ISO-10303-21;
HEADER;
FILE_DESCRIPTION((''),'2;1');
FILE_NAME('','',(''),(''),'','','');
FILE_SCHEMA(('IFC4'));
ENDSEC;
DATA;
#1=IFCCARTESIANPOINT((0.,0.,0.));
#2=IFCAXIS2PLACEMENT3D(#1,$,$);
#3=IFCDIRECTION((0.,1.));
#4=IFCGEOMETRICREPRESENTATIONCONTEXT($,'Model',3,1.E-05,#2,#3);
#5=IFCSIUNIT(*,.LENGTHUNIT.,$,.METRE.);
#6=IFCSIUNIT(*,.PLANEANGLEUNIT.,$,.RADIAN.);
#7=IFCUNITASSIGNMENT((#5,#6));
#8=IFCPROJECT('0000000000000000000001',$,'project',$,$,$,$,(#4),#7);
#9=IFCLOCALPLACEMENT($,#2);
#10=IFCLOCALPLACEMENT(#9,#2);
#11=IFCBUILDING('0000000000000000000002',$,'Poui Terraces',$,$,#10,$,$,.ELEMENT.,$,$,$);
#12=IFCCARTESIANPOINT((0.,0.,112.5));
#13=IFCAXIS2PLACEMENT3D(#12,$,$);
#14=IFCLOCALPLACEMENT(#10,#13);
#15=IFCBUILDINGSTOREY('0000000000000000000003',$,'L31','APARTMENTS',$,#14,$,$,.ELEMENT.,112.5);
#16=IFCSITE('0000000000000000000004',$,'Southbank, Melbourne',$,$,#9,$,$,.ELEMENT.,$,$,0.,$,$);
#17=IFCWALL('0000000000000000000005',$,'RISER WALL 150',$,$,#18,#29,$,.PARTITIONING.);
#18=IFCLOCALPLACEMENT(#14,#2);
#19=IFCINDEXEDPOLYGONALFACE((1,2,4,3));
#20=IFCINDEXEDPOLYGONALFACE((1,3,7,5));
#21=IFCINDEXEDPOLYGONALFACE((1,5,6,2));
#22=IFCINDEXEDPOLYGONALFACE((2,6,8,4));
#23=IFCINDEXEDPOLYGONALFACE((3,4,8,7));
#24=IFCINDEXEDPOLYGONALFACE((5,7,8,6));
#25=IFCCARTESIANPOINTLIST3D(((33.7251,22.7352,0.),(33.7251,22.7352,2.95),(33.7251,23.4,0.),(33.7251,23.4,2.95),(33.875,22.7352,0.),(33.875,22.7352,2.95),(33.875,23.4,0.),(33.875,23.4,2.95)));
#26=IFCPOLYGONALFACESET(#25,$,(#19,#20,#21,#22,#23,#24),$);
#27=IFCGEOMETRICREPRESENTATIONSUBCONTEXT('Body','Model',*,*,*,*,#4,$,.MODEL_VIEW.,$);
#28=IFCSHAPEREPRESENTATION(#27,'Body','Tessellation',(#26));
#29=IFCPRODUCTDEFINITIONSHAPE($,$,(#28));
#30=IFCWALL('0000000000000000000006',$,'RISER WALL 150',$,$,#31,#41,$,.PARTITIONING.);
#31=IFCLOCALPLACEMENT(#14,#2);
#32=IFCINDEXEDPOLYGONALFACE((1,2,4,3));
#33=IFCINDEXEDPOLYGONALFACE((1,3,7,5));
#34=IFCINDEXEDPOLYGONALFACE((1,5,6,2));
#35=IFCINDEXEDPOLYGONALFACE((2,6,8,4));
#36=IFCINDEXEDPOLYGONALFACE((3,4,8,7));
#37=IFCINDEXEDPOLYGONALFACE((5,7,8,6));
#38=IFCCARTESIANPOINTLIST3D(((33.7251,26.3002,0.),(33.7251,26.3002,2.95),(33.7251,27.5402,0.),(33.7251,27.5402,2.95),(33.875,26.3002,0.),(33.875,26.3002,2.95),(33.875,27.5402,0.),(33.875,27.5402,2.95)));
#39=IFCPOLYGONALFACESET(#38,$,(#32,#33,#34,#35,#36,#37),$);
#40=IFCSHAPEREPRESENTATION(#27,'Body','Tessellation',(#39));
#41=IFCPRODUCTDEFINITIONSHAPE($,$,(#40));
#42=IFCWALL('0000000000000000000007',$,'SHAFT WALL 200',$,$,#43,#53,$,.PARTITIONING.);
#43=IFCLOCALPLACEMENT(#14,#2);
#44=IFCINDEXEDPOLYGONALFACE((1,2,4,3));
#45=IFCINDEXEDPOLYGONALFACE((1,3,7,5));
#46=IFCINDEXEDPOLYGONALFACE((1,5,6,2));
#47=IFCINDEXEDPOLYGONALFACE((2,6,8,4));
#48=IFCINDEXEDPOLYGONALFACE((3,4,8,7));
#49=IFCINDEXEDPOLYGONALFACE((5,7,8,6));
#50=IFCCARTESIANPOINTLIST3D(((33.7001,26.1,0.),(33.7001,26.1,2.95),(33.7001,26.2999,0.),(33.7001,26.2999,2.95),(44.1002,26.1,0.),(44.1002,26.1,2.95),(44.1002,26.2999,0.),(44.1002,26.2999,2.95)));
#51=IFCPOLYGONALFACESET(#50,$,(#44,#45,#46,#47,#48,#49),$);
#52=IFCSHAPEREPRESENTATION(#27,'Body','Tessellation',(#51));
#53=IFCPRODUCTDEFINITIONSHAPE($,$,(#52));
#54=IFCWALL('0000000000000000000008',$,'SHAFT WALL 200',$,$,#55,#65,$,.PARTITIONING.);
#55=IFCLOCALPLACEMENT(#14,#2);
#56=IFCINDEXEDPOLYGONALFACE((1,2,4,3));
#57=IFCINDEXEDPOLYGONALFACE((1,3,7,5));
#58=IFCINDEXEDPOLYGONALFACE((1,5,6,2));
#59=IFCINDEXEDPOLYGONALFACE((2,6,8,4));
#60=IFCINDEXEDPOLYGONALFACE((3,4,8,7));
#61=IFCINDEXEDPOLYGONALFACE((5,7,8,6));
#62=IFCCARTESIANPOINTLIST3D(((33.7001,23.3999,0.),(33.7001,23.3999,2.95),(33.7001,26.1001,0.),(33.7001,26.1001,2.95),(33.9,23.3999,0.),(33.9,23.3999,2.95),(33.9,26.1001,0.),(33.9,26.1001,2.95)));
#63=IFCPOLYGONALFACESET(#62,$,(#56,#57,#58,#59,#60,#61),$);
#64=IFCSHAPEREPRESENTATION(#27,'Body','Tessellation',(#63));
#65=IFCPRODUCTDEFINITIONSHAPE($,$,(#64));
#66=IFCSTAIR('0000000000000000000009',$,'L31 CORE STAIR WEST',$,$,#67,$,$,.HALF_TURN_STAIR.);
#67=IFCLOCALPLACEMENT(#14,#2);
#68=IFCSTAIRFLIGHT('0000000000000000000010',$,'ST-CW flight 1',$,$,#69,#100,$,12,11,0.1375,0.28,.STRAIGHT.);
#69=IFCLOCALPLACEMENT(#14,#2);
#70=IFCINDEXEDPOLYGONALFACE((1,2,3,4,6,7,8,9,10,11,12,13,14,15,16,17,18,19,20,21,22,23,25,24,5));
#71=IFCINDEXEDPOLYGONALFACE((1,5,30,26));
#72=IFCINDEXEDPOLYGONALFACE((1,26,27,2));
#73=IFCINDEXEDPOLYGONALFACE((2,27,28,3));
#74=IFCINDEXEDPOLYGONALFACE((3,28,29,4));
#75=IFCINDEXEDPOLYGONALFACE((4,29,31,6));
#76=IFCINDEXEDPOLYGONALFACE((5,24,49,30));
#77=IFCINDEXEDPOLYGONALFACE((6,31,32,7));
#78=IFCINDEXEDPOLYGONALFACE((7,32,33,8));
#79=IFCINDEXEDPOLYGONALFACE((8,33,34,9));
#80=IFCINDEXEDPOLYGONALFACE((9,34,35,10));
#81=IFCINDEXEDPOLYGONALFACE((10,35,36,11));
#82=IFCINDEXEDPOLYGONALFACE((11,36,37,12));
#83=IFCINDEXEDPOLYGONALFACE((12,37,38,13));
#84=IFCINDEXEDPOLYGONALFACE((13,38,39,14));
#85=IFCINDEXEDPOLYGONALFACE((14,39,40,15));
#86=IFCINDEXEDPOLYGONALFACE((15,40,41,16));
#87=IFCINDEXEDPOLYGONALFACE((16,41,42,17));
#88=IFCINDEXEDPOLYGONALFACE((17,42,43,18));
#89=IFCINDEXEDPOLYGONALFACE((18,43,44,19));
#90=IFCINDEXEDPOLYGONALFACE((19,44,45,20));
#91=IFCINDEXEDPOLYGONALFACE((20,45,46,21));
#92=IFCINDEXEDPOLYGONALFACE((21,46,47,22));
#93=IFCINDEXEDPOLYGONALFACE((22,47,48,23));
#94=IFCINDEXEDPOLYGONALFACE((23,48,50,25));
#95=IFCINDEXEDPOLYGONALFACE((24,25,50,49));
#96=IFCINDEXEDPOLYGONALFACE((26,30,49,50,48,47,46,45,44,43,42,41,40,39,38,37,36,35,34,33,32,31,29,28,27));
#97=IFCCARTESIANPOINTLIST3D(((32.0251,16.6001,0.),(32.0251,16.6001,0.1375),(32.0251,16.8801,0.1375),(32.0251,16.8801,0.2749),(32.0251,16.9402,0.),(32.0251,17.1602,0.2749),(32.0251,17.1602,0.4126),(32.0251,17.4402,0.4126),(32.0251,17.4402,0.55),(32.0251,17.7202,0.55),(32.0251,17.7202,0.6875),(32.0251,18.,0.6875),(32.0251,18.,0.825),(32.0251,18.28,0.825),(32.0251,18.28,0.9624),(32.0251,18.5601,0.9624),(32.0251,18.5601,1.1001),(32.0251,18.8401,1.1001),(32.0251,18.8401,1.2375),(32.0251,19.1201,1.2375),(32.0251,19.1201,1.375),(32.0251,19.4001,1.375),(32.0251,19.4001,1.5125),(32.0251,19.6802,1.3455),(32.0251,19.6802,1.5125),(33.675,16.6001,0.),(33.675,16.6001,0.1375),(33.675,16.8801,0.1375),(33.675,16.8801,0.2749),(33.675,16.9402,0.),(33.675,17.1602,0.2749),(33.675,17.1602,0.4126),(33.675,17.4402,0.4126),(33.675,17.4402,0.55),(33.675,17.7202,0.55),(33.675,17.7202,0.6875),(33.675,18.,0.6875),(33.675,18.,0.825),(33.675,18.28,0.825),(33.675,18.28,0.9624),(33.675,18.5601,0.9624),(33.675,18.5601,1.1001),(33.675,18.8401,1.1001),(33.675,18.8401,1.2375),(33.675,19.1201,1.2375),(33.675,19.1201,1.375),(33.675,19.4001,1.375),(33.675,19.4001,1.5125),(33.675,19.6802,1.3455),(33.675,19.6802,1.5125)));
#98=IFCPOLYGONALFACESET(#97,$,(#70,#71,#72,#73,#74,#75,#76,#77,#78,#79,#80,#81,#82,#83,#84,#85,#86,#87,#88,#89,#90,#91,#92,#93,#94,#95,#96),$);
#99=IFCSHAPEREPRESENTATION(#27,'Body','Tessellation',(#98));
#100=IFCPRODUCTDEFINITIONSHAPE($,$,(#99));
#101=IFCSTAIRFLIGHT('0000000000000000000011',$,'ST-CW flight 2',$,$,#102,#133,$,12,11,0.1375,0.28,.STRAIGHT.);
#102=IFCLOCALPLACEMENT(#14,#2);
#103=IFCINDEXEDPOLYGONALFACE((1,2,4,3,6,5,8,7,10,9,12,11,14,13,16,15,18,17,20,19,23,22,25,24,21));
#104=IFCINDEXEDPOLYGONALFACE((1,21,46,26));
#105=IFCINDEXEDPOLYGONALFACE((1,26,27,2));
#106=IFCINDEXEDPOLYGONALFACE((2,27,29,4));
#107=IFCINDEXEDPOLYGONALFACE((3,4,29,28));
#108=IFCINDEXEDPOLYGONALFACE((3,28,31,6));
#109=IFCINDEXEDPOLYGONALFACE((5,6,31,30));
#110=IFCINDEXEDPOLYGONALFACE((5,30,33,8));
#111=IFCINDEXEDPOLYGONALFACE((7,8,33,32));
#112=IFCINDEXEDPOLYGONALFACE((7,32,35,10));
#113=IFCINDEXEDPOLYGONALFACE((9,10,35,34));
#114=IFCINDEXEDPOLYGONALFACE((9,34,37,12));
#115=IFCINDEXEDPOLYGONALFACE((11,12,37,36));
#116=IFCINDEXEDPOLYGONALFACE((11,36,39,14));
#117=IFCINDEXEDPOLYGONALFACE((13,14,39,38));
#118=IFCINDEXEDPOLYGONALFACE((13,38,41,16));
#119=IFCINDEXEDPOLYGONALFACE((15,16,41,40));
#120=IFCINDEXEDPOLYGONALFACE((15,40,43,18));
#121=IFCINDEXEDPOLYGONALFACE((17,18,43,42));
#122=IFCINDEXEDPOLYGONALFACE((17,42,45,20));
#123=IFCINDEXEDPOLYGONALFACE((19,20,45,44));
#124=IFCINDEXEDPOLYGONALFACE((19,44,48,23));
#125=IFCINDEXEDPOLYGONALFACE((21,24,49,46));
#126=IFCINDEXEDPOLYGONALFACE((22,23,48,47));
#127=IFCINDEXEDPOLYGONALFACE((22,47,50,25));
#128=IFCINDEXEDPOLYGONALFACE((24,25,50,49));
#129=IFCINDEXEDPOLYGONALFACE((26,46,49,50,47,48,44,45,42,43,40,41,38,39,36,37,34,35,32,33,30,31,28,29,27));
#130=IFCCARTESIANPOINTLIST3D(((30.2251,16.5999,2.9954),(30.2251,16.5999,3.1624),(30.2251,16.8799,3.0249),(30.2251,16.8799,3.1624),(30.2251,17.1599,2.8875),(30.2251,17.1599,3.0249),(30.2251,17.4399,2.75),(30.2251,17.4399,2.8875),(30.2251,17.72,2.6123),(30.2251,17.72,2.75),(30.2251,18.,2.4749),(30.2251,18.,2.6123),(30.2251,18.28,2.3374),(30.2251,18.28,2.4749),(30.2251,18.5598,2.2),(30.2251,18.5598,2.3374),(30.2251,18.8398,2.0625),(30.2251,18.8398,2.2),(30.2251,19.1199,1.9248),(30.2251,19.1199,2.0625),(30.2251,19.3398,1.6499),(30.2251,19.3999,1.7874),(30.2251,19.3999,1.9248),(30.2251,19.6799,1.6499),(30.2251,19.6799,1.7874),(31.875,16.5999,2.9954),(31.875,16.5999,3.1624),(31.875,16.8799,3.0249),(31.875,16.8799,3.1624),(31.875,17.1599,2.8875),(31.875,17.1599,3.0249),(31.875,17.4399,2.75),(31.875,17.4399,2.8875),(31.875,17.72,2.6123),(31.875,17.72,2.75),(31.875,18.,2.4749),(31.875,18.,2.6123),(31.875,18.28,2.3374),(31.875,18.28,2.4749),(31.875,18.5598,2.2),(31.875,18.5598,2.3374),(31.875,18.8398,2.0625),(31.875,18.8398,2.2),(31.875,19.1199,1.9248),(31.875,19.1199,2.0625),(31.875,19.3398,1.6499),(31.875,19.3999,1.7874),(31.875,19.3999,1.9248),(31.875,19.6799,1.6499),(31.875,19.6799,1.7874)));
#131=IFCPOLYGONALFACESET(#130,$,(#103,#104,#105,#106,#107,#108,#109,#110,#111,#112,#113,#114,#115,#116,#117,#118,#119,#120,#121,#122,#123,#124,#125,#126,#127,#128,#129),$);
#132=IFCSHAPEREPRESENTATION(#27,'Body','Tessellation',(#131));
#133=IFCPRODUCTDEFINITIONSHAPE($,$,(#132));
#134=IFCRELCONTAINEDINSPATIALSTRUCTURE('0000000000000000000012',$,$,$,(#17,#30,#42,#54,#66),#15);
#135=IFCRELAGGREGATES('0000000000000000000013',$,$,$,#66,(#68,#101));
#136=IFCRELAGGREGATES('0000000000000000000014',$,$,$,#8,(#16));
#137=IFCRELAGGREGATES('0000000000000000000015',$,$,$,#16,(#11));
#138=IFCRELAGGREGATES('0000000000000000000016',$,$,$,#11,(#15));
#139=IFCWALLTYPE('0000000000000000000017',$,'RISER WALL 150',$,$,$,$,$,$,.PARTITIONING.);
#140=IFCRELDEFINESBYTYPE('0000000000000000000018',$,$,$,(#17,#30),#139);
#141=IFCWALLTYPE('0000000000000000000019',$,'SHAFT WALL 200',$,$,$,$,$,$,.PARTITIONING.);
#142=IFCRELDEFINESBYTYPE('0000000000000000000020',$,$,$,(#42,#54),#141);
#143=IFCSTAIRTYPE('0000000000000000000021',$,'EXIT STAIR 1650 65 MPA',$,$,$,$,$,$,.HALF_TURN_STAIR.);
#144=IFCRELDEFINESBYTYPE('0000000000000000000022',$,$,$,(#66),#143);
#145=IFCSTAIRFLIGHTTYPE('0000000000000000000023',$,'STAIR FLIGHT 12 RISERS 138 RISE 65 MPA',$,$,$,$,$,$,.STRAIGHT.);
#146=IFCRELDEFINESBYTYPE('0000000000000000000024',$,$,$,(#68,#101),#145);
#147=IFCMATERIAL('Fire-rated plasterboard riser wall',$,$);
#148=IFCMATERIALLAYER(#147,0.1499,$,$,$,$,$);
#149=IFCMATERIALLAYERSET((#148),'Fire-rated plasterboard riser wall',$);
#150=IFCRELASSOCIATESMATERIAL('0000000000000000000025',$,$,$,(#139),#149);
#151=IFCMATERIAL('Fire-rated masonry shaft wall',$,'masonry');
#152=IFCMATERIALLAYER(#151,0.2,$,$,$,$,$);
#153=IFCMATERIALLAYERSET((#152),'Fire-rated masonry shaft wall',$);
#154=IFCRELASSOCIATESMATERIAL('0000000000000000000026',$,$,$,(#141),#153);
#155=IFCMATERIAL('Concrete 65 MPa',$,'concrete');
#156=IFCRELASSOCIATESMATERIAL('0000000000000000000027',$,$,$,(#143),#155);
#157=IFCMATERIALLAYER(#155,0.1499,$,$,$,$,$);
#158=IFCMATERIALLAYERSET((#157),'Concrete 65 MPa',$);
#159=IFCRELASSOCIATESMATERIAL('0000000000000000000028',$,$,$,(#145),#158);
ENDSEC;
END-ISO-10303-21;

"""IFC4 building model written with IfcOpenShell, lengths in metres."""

from ifc_helpers import new_model, si_unit, direction, frame, frame_2d, origin, place, context, subcontext, project, spatial, polyline, rectangle, outline, extrude, material, layer, layer_set, type_object, element, aggregate, save


model = new_model("IFC4")

# Units and contexts
model_context = context("Model", 3, precision=1e-05, world=origin(), true_north=direction((0.0, 1.0)))
body_context = subcontext(model_context, "Body", "Model", "MODEL_VIEW")
ifc_project = project(units=[si_unit("LENGTHUNIT", "METRE"), si_unit("PLANEANGLEUNIT", "RADIAN")], contexts=[model_context])

# Site, building, storey
site_placement = place(None, origin())
site = spatial("IfcSite", under=ifc_project, at=site_placement, Name="Southbank, Melbourne", CompositionType="ELEMENT", RefElevation=0.0)
building_placement = place(site_placement, origin())
building = spatial("IfcBuilding", under=site, at=building_placement, Name="Poui Terraces", CompositionType="ELEMENT")
storey_placement = place(building_placement, frame((0.0, 0.0, 112.5)))
storey = spatial("IfcBuildingStorey", under=building, at=storey_placement, Name="L31", Description="APARTMENTS", CompositionType="ELEMENT", Elevation=112.5)

# Walls
ifc_material_1 = material(Name="Fire-rated plasterboard riser wall")
ifc_layer_1 = layer(ifc_material_1, 0.1499)
ifc_layer_set_1 = layer_set([ifc_layer_1], Name="Fire-rated plasterboard riser wall")
wall_type_1 = type_object("IfcWallType", Name="RISER WALL 150", PredefinedType="PARTITIONING", material=ifc_layer_set_1)
wall_1_placement = place(storey_placement, frame((33.8, 22.7351, 0.0), z_axis=(0.0, 0.0, 1.0), x_axis=(0.0, 1.0, 0.0)))
element("IfcWall", 1, at=wall_1_placement, inside=storey, type_object=wall_type_1, Name="RISER WALL 150", PredefinedType="PARTITIONING", context=body_context, shape_type="SweptSolid", body=[
    extrude(rectangle(XDim=0.6648, YDim=0.1499, at=frame_2d((0.3325, 0.0))), origin(), (0.0, 0.0, 1.0), 2.95),
])
wall_2_placement = place(storey_placement, frame((33.8, 26.3, 0.0), z_axis=(0.0, 0.0, 1.0), x_axis=(0.0, 1.0, 0.0)))
element("IfcWall", 2, at=wall_2_placement, inside=storey, type_object=wall_type_1, Name="RISER WALL 150", PredefinedType="PARTITIONING", context=body_context, shape_type="SweptSolid", body=[
    extrude(rectangle(XDim=1.24, YDim=0.1499, at=frame_2d((0.6201, 0.0))), origin(), (0.0, 0.0, 1.0), 2.95),
])
ifc_material_2 = material(Name="Fire-rated masonry shaft wall", Category="masonry")
ifc_layer_2 = layer(ifc_material_2, 0.2)
ifc_layer_set_2 = layer_set([ifc_layer_2], Name="Fire-rated masonry shaft wall")
wall_type_2 = type_object("IfcWallType", Name="SHAFT WALL 200", PredefinedType="PARTITIONING", material=ifc_layer_set_2)
wall_3_placement = place(storey_placement, frame((33.7, 26.2, 0.0), z_axis=(0.0, 0.0, 1.0), x_axis=(1.0, 0.0, 0.0)))
element("IfcWall", 3, at=wall_3_placement, inside=storey, type_object=wall_type_2, Name="SHAFT WALL 200", PredefinedType="PARTITIONING", context=body_context, shape_type="SweptSolid", body=[
    extrude(rectangle(XDim=10.4001, YDim=0.2, at=frame_2d((5.2002, 0.0))), origin(), (0.0, 0.0, 1.0), 2.95),
])
wall_4_placement = place(storey_placement, frame((33.8, 23.3999, 0.0), z_axis=(0.0, 0.0, 1.0), x_axis=(0.0, 1.0, 0.0)))
element("IfcWall", 4, at=wall_4_placement, inside=storey, type_object=wall_type_2, Name="SHAFT WALL 200", PredefinedType="PARTITIONING", context=body_context, shape_type="SweptSolid", body=[
    extrude(rectangle(XDim=2.7002, YDim=0.2, at=frame_2d((1.3501, 0.0))), origin(), (0.0, 0.0, 1.0), 2.95),
])

# Stair, stair flights
ifc_material_3 = material(Name="Concrete 65 MPa", Category="concrete")
stair_type = type_object("IfcStairType", Name="EXIT STAIR 1650 65 MPA", PredefinedType="HALF_TURN_STAIR", material=ifc_material_3)
stair_placement = place(storey_placement, origin())
stair = element("IfcStair", 5, at=stair_placement, inside=storey, type_object=stair_type, Name="L31 CORE STAIR WEST", PredefinedType="HALF_TURN_STAIR")
ifc_layer_3 = layer(ifc_material_3, 0.1499)
ifc_layer_set_3 = layer_set([ifc_layer_3], Name="Concrete 65 MPa")
stair_flight_type = type_object("IfcStairFlightType", Name="STAIR FLIGHT 12 RISERS 138 RISE 65 MPA", PredefinedType="STRAIGHT", material=ifc_layer_set_3)
stair_flight_1_placement = place(storey_placement, frame((32.8501, 16.6001, 0.0), z_axis=(0.0, 0.0, 1.0), x_axis=(0.0, 1.0, 0.0)))
stair_flight_1 = element("IfcStairFlight", 6, at=stair_flight_1_placement, type_object=stair_flight_type, Name="ST-CW flight 1", NumberOfRisers=12, NumberOfTreads=11, PredefinedType="STRAIGHT", RiserHeight=0.1375, TreadLength=0.28, context=body_context, shape_type="SweptSolid", body=[
    extrude(outline(polyline([(0.0, 0.0), (0.0, 0.1375), (0.28, 0.1375), (0.28, 0.2749), (0.5601, 0.2749), (0.5601, 0.4126), (0.8401, 0.4126), (0.8401, 0.55), (1.1201, 0.55), (1.1201, 0.6875), (1.3999, 0.6875), (1.3999, 0.825), (1.6799, 0.825), (1.6799, 0.9624), (1.96, 0.9624), (1.96, 1.1001), (2.24, 1.1001), (2.24, 1.2375), (2.52, 1.2375), (2.52, 1.375), (2.8, 1.375), (2.8, 1.5125), (3.0801, 1.5125), (3.0801, 1.6499), (3.0801, 1.3455), (0.3401, 0.0), (0.0, 0.0)])), frame((0.0, 0.825, 0.0), z_axis=(0.0, -1.0, 0.0), x_axis=(1.0, 0.0, 0.0)), (0.0, 0.0, 1.0), 1.6499),
])
stair_flight_2_placement = place(storey_placement, frame((31.05, 19.6799, 1.6499), z_axis=(0.0, 0.0, 1.0), x_axis=(0.0, -1.0, 0.0)))
stair_flight_2 = element("IfcStairFlight", 7, at=stair_flight_2_placement, type_object=stair_flight_type, Name="ST-CW flight 2", NumberOfRisers=12, NumberOfTreads=11, PredefinedType="STRAIGHT", RiserHeight=0.1375, TreadLength=0.28, context=body_context, shape_type="SweptSolid", body=[
    extrude(outline(polyline([(0.0, 0.0), (0.0, 0.1375), (0.28, 0.1375), (0.28, 0.2749), (0.5601, 0.2749), (0.5601, 0.4126), (0.8401, 0.4126), (0.8401, 0.55), (1.1201, 0.55), (1.1201, 0.6875), (1.3999, 0.6875), (1.3999, 0.825), (1.6799, 0.825), (1.6799, 0.9624), (1.96, 0.9624), (1.96, 1.1001), (2.24, 1.1001), (2.24, 1.2375), (2.52, 1.2375), (2.52, 1.375), (2.8, 1.375), (2.8, 1.5125), (3.0801, 1.5125), (3.0801, 1.6499), (3.0801, 1.3455), (0.3401, 0.0), (0.0, 0.0)])), frame((0.0, 0.825, 0.0), z_axis=(0.0, -1.0, 0.0), x_axis=(1.0, 0.0, 0.0)), (0.0, 0.0, 1.0), 1.6499),
])
aggregate(stair, [stair_flight_1, stair_flight_2])

save(model, "model.ifc")
